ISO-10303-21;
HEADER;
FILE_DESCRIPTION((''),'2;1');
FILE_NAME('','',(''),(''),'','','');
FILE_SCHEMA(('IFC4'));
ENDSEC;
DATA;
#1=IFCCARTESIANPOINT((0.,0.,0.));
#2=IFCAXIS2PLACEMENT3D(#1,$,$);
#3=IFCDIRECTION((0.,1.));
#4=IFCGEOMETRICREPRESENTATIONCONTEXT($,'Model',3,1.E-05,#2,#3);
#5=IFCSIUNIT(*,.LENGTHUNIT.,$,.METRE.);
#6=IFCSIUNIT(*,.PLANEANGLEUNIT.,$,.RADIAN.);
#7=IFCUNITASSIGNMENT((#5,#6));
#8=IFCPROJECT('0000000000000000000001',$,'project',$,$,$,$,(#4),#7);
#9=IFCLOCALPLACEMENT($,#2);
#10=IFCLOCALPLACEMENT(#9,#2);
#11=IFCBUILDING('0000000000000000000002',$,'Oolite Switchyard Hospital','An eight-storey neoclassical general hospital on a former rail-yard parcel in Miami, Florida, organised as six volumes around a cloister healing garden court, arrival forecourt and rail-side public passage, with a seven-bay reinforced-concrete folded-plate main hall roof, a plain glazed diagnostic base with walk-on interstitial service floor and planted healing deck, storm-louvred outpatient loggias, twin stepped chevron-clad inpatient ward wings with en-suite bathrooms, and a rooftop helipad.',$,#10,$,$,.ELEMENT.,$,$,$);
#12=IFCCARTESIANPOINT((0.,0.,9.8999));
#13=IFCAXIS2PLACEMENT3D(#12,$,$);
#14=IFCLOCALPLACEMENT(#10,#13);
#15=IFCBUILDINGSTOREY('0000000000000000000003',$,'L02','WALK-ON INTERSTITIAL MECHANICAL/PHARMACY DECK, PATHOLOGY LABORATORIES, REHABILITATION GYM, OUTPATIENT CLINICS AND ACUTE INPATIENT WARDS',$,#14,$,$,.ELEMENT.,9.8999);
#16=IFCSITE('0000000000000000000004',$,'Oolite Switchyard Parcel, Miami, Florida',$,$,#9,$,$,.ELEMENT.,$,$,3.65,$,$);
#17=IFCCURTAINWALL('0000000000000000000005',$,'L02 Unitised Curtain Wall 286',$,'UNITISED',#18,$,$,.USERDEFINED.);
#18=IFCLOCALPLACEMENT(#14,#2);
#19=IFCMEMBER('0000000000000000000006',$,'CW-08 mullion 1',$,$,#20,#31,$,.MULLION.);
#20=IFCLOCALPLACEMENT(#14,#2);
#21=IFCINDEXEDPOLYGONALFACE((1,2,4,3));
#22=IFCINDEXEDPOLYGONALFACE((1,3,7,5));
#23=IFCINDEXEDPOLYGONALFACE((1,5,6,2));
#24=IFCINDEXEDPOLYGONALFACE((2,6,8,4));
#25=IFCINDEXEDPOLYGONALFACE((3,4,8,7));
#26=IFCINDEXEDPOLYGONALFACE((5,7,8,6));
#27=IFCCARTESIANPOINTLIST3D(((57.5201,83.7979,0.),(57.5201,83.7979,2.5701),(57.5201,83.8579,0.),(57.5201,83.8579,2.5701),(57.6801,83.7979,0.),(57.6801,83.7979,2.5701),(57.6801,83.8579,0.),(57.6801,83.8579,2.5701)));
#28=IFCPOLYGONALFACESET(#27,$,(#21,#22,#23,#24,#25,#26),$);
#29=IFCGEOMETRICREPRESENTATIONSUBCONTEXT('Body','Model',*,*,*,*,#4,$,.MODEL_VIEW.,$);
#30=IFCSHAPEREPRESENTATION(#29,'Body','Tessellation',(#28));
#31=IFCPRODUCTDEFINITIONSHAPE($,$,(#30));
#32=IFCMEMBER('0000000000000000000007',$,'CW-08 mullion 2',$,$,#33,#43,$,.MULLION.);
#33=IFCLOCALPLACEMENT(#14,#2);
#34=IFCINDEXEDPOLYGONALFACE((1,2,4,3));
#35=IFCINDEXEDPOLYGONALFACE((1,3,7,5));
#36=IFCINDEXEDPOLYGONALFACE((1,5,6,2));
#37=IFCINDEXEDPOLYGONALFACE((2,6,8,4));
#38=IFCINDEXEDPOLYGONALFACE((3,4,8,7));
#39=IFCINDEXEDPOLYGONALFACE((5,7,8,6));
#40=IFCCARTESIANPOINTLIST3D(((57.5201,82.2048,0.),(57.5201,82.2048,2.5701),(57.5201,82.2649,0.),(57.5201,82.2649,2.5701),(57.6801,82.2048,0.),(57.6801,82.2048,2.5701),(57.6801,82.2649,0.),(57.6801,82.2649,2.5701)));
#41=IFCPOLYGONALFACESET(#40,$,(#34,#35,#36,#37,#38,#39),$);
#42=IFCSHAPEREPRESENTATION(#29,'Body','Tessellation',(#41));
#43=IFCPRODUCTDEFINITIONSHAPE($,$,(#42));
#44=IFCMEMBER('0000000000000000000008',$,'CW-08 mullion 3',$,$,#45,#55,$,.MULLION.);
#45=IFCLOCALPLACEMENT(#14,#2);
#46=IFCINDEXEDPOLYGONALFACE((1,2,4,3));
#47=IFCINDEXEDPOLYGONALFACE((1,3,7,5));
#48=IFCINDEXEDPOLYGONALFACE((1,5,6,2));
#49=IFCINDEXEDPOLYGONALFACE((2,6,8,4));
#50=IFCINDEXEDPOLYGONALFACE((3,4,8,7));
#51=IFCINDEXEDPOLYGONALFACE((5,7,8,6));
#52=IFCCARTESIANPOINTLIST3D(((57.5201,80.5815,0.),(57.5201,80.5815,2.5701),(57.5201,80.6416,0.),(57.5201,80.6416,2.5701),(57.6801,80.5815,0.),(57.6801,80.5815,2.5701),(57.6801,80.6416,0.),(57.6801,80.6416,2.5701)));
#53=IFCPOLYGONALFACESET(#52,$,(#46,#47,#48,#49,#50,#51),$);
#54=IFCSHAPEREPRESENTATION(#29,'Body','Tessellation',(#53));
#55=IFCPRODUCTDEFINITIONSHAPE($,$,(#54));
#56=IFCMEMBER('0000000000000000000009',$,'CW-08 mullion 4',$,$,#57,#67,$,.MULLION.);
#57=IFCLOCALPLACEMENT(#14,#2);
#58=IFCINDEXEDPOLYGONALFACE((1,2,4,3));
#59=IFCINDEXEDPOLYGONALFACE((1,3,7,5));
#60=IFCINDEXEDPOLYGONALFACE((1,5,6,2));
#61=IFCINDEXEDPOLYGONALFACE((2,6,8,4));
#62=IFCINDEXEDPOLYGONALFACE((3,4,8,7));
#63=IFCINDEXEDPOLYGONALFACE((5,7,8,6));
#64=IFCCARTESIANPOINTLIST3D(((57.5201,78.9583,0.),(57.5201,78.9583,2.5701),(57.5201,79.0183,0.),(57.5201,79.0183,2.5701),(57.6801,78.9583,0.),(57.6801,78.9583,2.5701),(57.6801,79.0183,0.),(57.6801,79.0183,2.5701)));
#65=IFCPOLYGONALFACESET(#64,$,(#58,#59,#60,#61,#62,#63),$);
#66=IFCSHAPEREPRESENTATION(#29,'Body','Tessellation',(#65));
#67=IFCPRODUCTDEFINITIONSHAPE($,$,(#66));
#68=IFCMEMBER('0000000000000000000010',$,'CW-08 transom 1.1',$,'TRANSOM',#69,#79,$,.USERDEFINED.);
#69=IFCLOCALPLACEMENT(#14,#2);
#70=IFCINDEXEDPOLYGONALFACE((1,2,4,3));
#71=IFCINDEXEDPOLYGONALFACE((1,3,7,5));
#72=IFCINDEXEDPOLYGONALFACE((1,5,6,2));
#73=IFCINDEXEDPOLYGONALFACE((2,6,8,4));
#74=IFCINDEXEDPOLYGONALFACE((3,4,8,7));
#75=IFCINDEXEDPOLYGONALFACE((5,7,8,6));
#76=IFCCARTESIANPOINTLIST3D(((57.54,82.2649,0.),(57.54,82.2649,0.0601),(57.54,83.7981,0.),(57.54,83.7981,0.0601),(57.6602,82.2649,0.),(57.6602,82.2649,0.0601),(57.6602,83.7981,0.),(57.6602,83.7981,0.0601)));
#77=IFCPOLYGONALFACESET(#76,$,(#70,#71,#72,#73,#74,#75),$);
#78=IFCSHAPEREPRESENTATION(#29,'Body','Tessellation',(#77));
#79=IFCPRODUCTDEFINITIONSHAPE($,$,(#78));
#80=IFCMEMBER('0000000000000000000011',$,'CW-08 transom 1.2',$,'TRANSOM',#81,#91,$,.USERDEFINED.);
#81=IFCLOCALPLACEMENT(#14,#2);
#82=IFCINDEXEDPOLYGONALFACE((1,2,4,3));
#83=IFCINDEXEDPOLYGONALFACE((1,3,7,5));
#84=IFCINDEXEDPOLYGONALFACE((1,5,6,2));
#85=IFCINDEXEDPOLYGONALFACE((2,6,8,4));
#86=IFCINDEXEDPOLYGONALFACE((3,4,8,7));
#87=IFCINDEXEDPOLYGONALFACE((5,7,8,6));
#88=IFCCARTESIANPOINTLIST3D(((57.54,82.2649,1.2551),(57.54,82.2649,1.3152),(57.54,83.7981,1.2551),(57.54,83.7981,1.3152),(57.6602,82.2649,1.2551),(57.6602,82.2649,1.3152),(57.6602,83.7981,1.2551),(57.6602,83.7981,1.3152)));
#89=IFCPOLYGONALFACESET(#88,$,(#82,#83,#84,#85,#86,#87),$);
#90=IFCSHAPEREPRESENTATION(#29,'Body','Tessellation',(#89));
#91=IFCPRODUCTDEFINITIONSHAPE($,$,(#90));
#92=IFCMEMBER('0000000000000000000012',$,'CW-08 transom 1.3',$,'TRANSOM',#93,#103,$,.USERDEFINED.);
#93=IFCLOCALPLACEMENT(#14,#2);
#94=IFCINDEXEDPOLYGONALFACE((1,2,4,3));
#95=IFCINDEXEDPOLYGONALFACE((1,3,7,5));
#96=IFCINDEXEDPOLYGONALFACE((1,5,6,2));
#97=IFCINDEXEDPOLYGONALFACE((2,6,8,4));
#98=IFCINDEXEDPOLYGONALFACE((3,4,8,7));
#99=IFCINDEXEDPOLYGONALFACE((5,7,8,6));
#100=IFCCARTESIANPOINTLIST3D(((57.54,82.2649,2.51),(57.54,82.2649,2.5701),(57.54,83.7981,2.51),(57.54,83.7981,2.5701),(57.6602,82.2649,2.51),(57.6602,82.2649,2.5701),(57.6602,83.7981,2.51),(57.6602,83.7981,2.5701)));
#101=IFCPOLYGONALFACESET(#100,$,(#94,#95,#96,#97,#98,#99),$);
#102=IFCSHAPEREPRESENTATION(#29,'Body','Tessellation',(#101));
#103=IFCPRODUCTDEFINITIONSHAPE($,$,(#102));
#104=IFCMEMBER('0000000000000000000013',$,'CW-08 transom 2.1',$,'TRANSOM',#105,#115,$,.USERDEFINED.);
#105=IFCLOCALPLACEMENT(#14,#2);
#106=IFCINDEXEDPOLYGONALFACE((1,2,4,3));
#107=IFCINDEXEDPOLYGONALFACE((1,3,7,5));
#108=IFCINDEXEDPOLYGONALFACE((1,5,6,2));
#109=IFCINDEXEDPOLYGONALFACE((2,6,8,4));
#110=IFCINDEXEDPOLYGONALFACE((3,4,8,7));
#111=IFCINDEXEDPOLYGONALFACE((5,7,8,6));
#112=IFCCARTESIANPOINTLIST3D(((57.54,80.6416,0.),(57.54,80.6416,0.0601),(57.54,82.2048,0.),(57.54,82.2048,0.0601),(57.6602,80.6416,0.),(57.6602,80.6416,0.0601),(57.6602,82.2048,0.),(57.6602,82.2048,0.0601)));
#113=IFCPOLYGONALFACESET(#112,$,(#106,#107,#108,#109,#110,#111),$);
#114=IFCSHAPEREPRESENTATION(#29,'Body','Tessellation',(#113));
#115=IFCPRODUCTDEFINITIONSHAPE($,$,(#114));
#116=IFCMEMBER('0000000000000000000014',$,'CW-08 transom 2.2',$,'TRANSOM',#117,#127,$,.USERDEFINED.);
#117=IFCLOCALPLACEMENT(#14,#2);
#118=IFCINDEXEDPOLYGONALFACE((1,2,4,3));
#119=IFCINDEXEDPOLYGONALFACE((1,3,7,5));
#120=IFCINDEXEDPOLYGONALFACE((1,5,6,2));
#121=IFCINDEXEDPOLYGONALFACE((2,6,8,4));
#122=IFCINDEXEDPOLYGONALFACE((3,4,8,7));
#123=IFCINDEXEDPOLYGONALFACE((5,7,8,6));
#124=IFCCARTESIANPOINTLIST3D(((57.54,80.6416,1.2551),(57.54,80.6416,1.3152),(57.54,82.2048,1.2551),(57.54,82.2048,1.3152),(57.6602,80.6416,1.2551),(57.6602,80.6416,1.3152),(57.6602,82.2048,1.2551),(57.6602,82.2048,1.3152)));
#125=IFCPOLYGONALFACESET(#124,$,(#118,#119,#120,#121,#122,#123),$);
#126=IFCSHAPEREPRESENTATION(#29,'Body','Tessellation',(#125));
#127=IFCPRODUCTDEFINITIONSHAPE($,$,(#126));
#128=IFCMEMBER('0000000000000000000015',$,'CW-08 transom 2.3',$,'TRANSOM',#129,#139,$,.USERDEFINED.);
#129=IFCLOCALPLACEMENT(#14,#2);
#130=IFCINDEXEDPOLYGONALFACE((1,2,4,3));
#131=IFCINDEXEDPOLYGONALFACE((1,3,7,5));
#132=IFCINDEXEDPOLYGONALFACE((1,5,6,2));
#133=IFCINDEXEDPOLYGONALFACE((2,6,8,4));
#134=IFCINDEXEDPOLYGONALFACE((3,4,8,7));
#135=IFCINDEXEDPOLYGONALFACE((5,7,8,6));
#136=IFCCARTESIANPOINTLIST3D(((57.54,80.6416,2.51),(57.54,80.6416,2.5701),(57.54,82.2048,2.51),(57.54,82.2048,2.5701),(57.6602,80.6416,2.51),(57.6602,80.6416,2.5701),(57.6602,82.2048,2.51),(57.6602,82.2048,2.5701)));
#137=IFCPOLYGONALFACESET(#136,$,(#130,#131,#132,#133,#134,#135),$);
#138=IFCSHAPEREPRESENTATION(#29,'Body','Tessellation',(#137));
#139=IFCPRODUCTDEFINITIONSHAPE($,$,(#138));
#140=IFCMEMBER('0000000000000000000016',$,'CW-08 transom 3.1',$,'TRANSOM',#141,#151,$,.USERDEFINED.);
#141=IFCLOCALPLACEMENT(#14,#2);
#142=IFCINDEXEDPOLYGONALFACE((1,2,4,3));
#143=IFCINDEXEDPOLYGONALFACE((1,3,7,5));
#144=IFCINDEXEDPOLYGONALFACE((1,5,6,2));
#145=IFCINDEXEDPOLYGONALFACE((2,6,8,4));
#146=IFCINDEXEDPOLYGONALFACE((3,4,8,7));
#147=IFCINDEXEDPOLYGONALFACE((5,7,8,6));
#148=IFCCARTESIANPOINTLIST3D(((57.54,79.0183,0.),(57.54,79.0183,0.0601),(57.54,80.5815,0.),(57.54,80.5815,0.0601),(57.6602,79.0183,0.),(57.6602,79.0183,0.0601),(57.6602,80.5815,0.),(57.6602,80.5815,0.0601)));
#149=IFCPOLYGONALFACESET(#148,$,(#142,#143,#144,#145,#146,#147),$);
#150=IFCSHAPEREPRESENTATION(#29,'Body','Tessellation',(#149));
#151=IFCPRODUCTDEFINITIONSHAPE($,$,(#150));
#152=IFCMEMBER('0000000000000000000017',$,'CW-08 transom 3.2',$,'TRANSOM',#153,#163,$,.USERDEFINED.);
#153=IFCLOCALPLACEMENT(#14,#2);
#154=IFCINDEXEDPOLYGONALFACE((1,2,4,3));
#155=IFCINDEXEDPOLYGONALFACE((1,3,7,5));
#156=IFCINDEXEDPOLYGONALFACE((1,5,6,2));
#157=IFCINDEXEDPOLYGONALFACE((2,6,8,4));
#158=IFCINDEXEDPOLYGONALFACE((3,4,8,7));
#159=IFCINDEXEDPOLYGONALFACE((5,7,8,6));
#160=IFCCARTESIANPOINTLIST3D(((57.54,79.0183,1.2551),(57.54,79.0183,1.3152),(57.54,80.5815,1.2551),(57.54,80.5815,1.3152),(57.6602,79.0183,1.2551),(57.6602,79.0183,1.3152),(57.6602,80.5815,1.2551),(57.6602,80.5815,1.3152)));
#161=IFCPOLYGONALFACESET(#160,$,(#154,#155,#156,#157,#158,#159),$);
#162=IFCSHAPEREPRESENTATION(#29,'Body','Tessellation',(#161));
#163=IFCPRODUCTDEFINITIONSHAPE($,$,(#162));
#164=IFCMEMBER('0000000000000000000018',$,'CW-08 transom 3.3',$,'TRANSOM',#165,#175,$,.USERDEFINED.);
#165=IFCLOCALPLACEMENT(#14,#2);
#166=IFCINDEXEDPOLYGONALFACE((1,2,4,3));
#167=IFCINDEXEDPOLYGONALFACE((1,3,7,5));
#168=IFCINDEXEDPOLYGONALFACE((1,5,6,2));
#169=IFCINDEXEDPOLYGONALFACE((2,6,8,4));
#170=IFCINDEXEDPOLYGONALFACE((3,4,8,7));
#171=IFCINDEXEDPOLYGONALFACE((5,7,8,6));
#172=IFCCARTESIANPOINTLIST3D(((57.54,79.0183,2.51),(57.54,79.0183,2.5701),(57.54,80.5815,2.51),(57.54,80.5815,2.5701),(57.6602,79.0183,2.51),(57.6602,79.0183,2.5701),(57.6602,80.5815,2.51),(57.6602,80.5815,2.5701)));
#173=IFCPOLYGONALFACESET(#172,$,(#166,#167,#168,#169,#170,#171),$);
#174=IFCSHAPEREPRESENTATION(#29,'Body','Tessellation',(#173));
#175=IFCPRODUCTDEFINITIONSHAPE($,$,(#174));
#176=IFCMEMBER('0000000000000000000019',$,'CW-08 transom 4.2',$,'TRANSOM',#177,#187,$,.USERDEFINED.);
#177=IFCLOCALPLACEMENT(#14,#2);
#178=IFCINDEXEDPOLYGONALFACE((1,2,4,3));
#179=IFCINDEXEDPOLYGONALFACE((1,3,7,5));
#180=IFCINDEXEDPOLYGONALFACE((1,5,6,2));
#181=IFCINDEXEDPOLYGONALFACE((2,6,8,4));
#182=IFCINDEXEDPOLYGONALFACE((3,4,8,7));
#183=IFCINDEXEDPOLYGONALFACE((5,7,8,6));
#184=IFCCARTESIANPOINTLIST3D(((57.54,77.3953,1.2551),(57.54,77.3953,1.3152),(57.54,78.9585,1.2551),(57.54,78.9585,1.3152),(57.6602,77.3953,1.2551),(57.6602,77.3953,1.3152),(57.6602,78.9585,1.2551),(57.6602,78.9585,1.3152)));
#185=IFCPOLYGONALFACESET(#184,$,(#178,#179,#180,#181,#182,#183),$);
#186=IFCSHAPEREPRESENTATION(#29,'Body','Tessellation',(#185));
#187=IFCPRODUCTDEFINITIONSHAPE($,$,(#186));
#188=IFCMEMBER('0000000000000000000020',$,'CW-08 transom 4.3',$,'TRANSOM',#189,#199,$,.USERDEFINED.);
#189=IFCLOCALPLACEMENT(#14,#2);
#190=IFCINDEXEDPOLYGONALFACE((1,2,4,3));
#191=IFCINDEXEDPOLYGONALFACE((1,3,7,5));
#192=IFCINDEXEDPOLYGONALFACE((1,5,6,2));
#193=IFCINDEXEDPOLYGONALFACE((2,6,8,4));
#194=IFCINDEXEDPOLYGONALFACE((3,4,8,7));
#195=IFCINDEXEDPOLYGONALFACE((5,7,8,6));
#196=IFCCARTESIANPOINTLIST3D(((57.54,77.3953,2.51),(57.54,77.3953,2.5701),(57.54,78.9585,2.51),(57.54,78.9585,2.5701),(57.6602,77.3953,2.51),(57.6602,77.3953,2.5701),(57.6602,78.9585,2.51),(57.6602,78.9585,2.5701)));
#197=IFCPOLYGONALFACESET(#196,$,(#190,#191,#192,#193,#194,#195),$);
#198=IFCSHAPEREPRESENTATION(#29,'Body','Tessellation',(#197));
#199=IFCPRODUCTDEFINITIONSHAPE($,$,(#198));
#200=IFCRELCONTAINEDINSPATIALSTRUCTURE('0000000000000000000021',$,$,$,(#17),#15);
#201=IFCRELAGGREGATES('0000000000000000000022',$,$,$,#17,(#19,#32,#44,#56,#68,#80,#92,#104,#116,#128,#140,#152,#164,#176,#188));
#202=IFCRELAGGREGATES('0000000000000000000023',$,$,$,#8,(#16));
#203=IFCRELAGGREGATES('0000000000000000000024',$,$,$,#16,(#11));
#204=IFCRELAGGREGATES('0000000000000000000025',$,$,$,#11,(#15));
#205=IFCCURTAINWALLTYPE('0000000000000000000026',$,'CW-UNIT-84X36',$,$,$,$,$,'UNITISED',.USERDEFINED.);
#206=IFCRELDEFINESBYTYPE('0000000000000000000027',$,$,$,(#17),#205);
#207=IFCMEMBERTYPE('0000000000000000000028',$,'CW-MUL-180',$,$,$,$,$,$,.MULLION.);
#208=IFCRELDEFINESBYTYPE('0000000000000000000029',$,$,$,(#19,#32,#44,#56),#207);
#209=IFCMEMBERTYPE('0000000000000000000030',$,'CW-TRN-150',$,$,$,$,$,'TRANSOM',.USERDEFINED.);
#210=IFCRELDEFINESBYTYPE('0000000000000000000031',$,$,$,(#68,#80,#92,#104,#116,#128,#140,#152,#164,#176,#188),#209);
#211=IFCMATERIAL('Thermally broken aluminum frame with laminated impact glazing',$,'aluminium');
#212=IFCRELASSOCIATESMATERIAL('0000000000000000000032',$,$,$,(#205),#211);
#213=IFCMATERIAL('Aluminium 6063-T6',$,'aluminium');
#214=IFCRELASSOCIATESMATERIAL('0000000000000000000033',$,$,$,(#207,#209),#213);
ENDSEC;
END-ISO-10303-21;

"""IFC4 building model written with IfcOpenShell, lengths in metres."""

from ifc_helpers import new_model, si_unit, direction, frame, origin, origin_2d, place, context, subcontext, project, spatial, rectangle, extrude, material, material_profile, profile_set, type_object, element, aggregate, save


model = new_model("IFC4")

# Units and contexts
model_context = context("Model", 3, precision=1e-05, world=origin(), true_north=direction((0.0, 1.0)))
body_context = subcontext(model_context, "Body", "Model", "MODEL_VIEW")
ifc_project = project(units=[si_unit("LENGTHUNIT", "METRE"), si_unit("PLANEANGLEUNIT", "RADIAN")], contexts=[model_context])

# Site, building, storey
site_placement = place(None, origin())
site = spatial("IfcSite", under=ifc_project, at=site_placement, Name="Oolite Switchyard Parcel, Miami, Florida", CompositionType="ELEMENT", RefElevation=3.65)
building_placement = place(site_placement, origin())
building = spatial("IfcBuilding", under=site, at=building_placement, Name="Oolite Switchyard Hospital", Description="An eight-storey neoclassical general hospital on a former rail-yard parcel in Miami, Florida, organised as six volumes around a cloister healing garden court, arrival forecourt and rail-side public passage, with a seven-bay reinforced-concrete folded-plate main hall roof, a plain glazed diagnostic base with walk-on interstitial service floor and planted healing deck, storm-louvred outpatient loggias, twin stepped chevron-clad inpatient ward wings with en-suite bathrooms, and a rooftop helipad.", CompositionType="ELEMENT")
storey_placement = place(building_placement, frame((0.0, 0.0, 9.8999)))
storey = spatial("IfcBuildingStorey", under=building, at=storey_placement, Name="L02", Description="WALK-ON INTERSTITIAL MECHANICAL/PHARMACY DECK, PATHOLOGY LABORATORIES, REHABILITATION GYM, OUTPATIENT CLINICS AND ACUTE INPATIENT WARDS", CompositionType="ELEMENT", Elevation=9.8999)

# Curtain wall, members
ifc_material_1 = material(Name="Thermally broken aluminum frame with laminated impact glazing", Category="aluminium")
curtain_wall_type = type_object("IfcCurtainWallType", Name="CW-UNIT-84X36", ElementType="UNITISED", PredefinedType="USERDEFINED", material=ifc_material_1)
curtain_wall_placement = place(storey_placement, origin())
curtain_wall = element("IfcCurtainWall", 1, at=curtain_wall_placement, inside=storey, type_object=curtain_wall_type, Name="L02 Unitised Curtain Wall 286", ObjectType="UNITISED", PredefinedType="USERDEFINED")
ifc_material_2 = material(Name="Aluminium 6063-T6", Category="aluminium")
ifc_material_profile_1 = material_profile(ifc_material_2, rectangle(XDim=0.1599, YDim=0.0601, at=origin_2d()), Name="CWM60X160")
ifc_profile_set_1 = profile_set([ifc_material_profile_1], Name="Aluminium 6063-T6")
member_type_1 = type_object("IfcMemberType", Name="CW-MUL-180", PredefinedType="MULLION", material=ifc_profile_set_1)
member_1_placement = place(storey_placement, frame((57.6001, 83.8279, 0.0), z_axis=(0.0, 0.0, 1.0), x_axis=(1.0, 0.0, 0.0)))
member_1 = element("IfcMember", 2, at=member_1_placement, type_object=member_type_1, Name="CW-08 mullion 1", PredefinedType="MULLION", context=body_context, shape_type="SweptSolid", body=[
    extrude(rectangle(XDim=0.1599, YDim=0.0601, at=origin_2d()), origin(), (0.0, 0.0, 1.0), 2.5701),
])
member_2_placement = place(storey_placement, frame((57.6001, 82.2349, 0.0), z_axis=(0.0, 0.0, 1.0), x_axis=(1.0, 0.0, 0.0)))
member_2 = element("IfcMember", 3, at=member_2_placement, type_object=member_type_1, Name="CW-08 mullion 2", PredefinedType="MULLION", context=body_context, shape_type="SweptSolid", body=[
    extrude(rectangle(XDim=0.1599, YDim=0.0601, at=origin_2d()), origin(), (0.0, 0.0, 1.0), 2.5701),
])
member_3_placement = place(storey_placement, frame((57.6001, 80.6116, 0.0), z_axis=(0.0, 0.0, 1.0), x_axis=(1.0, 0.0, 0.0)))
member_3 = element("IfcMember", 4, at=member_3_placement, type_object=member_type_1, Name="CW-08 mullion 3", PredefinedType="MULLION", context=body_context, shape_type="SweptSolid", body=[
    extrude(rectangle(XDim=0.1599, YDim=0.0601, at=origin_2d()), origin(), (0.0, 0.0, 1.0), 2.5701),
])
member_4_placement = place(storey_placement, frame((57.6001, 78.9883, 0.0), z_axis=(0.0, 0.0, 1.0), x_axis=(1.0, 0.0, 0.0)))
member_4 = element("IfcMember", 5, at=member_4_placement, type_object=member_type_1, Name="CW-08 mullion 4", PredefinedType="MULLION", context=body_context, shape_type="SweptSolid", body=[
    extrude(rectangle(XDim=0.1599, YDim=0.0601, at=origin_2d()), origin(), (0.0, 0.0, 1.0), 2.5701),
])
ifc_material_profile_2 = material_profile(ifc_material_2, rectangle(XDim=0.1201, YDim=0.0601, at=origin_2d()), Name="CWT60X120")
ifc_profile_set_2 = profile_set([ifc_material_profile_2], Name="Aluminium 6063-T6")
member_type_2 = type_object("IfcMemberType", Name="CW-TRN-150", ElementType="TRANSOM", PredefinedType="USERDEFINED", material=ifc_profile_set_2)
member_5_placement = place(storey_placement, frame((57.6001, 83.7981, 0.03), z_axis=(0.0, -1.0, 0.0), x_axis=(1.0, 0.0, 0.0)))
member_5 = element("IfcMember", 6, at=member_5_placement, type_object=member_type_2, Name="CW-08 transom 1.1", ObjectType="TRANSOM", PredefinedType="USERDEFINED", context=body_context, shape_type="SweptSolid", body=[
    extrude(rectangle(XDim=0.1201, YDim=0.0601, at=origin_2d()), origin(), (0.0, 0.0, 1.0), 1.5332),
])
member_6_placement = place(storey_placement, frame((57.6001, 83.7981, 1.2852), z_axis=(0.0, -1.0, 0.0), x_axis=(1.0, 0.0, 0.0)))
member_6 = element("IfcMember", 7, at=member_6_placement, type_object=member_type_2, Name="CW-08 transom 1.2", ObjectType="TRANSOM", PredefinedType="USERDEFINED", context=body_context, shape_type="SweptSolid", body=[
    extrude(rectangle(XDim=0.1201, YDim=0.0601, at=origin_2d()), origin(), (0.0, 0.0, 1.0), 1.5332),
])
member_7_placement = place(storey_placement, frame((57.6001, 83.7981, 2.54), z_axis=(0.0, -1.0, 0.0), x_axis=(1.0, 0.0, 0.0)))
member_7 = element("IfcMember", 8, at=member_7_placement, type_object=member_type_2, Name="CW-08 transom 1.3", ObjectType="TRANSOM", PredefinedType="USERDEFINED", context=body_context, shape_type="SweptSolid", body=[
    extrude(rectangle(XDim=0.1201, YDim=0.0601, at=origin_2d()), origin(), (0.0, 0.0, 1.0), 1.5332),
])
member_8_placement = place(storey_placement, frame((57.6001, 82.2048, 0.03), z_axis=(0.0, -1.0, 0.0), x_axis=(1.0, 0.0, 0.0)))
member_8 = element("IfcMember", 9, at=member_8_placement, type_object=member_type_2, Name="CW-08 transom 2.1", ObjectType="TRANSOM", PredefinedType="USERDEFINED", context=body_context, shape_type="SweptSolid", body=[
    extrude(rectangle(XDim=0.1201, YDim=0.0601, at=origin_2d()), origin(), (0.0, 0.0, 1.0), 1.5632),
])
member_9_placement = place(storey_placement, frame((57.6001, 82.2048, 1.2852), z_axis=(0.0, -1.0, 0.0), x_axis=(1.0, 0.0, 0.0)))
member_9 = element("IfcMember", 10, at=member_9_placement, type_object=member_type_2, Name="CW-08 transom 2.2", ObjectType="TRANSOM", PredefinedType="USERDEFINED", context=body_context, shape_type="SweptSolid", body=[
    extrude(rectangle(XDim=0.1201, YDim=0.0601, at=origin_2d()), origin(), (0.0, 0.0, 1.0), 1.5632),
])
member_10_placement = place(storey_placement, frame((57.6001, 82.2048, 2.54), z_axis=(0.0, -1.0, 0.0), x_axis=(1.0, 0.0, 0.0)))
member_10 = element("IfcMember", 11, at=member_10_placement, type_object=member_type_2, Name="CW-08 transom 2.3", ObjectType="TRANSOM", PredefinedType="USERDEFINED", context=body_context, shape_type="SweptSolid", body=[
    extrude(rectangle(XDim=0.1201, YDim=0.0601, at=origin_2d()), origin(), (0.0, 0.0, 1.0), 1.5632),
])
member_11_placement = place(storey_placement, frame((57.6001, 80.5815, 0.03), z_axis=(0.0, -1.0, 0.0), x_axis=(1.0, 0.0, 0.0)))
member_11 = element("IfcMember", 12, at=member_11_placement, type_object=member_type_2, Name="CW-08 transom 3.1", ObjectType="TRANSOM", PredefinedType="USERDEFINED", context=body_context, shape_type="SweptSolid", body=[
    extrude(rectangle(XDim=0.1201, YDim=0.0601, at=origin_2d()), origin(), (0.0, 0.0, 1.0), 1.5632),
])
member_12_placement = place(storey_placement, frame((57.6001, 80.5815, 1.2852), z_axis=(0.0, -1.0, 0.0), x_axis=(1.0, 0.0, 0.0)))
member_12 = element("IfcMember", 13, at=member_12_placement, type_object=member_type_2, Name="CW-08 transom 3.2", ObjectType="TRANSOM", PredefinedType="USERDEFINED", context=body_context, shape_type="SweptSolid", body=[
    extrude(rectangle(XDim=0.1201, YDim=0.0601, at=origin_2d()), origin(), (0.0, 0.0, 1.0), 1.5632),
])
member_13_placement = place(storey_placement, frame((57.6001, 80.5815, 2.54), z_axis=(0.0, -1.0, 0.0), x_axis=(1.0, 0.0, 0.0)))
member_13 = element("IfcMember", 14, at=member_13_placement, type_object=member_type_2, Name="CW-08 transom 3.3", ObjectType="TRANSOM", PredefinedType="USERDEFINED", context=body_context, shape_type="SweptSolid", body=[
    extrude(rectangle(XDim=0.1201, YDim=0.0601, at=origin_2d()), origin(), (0.0, 0.0, 1.0), 1.5632),
])
member_14_placement = place(storey_placement, frame((57.6001, 78.9585, 1.2852), z_axis=(0.0, -1.0, 0.0), x_axis=(1.0, 0.0, 0.0)))
member_14 = element("IfcMember", 15, at=member_14_placement, type_object=member_type_2, Name="CW-08 transom 4.2", ObjectType="TRANSOM", PredefinedType="USERDEFINED", context=body_context, shape_type="SweptSolid", body=[
    extrude(rectangle(XDim=0.1201, YDim=0.0601, at=origin_2d()), origin(), (0.0, 0.0, 1.0), 1.5632),
])
member_15_placement = place(storey_placement, frame((57.6001, 78.9585, 2.54), z_axis=(0.0, -1.0, 0.0), x_axis=(1.0, 0.0, 0.0)))
member_15 = element("IfcMember", 16, at=member_15_placement, type_object=member_type_2, Name="CW-08 transom 4.3", ObjectType="TRANSOM", PredefinedType="USERDEFINED", context=body_context, shape_type="SweptSolid", body=[
    extrude(rectangle(XDim=0.1201, YDim=0.0601, at=origin_2d()), origin(), (0.0, 0.0, 1.0), 1.5632),
])
aggregate(curtain_wall, [member_1, member_2, member_3, member_4, member_5, member_6, member_7, member_8, member_9, member_10, member_11, member_12, member_13, member_14, member_15])

save(model, "model.ifc")
